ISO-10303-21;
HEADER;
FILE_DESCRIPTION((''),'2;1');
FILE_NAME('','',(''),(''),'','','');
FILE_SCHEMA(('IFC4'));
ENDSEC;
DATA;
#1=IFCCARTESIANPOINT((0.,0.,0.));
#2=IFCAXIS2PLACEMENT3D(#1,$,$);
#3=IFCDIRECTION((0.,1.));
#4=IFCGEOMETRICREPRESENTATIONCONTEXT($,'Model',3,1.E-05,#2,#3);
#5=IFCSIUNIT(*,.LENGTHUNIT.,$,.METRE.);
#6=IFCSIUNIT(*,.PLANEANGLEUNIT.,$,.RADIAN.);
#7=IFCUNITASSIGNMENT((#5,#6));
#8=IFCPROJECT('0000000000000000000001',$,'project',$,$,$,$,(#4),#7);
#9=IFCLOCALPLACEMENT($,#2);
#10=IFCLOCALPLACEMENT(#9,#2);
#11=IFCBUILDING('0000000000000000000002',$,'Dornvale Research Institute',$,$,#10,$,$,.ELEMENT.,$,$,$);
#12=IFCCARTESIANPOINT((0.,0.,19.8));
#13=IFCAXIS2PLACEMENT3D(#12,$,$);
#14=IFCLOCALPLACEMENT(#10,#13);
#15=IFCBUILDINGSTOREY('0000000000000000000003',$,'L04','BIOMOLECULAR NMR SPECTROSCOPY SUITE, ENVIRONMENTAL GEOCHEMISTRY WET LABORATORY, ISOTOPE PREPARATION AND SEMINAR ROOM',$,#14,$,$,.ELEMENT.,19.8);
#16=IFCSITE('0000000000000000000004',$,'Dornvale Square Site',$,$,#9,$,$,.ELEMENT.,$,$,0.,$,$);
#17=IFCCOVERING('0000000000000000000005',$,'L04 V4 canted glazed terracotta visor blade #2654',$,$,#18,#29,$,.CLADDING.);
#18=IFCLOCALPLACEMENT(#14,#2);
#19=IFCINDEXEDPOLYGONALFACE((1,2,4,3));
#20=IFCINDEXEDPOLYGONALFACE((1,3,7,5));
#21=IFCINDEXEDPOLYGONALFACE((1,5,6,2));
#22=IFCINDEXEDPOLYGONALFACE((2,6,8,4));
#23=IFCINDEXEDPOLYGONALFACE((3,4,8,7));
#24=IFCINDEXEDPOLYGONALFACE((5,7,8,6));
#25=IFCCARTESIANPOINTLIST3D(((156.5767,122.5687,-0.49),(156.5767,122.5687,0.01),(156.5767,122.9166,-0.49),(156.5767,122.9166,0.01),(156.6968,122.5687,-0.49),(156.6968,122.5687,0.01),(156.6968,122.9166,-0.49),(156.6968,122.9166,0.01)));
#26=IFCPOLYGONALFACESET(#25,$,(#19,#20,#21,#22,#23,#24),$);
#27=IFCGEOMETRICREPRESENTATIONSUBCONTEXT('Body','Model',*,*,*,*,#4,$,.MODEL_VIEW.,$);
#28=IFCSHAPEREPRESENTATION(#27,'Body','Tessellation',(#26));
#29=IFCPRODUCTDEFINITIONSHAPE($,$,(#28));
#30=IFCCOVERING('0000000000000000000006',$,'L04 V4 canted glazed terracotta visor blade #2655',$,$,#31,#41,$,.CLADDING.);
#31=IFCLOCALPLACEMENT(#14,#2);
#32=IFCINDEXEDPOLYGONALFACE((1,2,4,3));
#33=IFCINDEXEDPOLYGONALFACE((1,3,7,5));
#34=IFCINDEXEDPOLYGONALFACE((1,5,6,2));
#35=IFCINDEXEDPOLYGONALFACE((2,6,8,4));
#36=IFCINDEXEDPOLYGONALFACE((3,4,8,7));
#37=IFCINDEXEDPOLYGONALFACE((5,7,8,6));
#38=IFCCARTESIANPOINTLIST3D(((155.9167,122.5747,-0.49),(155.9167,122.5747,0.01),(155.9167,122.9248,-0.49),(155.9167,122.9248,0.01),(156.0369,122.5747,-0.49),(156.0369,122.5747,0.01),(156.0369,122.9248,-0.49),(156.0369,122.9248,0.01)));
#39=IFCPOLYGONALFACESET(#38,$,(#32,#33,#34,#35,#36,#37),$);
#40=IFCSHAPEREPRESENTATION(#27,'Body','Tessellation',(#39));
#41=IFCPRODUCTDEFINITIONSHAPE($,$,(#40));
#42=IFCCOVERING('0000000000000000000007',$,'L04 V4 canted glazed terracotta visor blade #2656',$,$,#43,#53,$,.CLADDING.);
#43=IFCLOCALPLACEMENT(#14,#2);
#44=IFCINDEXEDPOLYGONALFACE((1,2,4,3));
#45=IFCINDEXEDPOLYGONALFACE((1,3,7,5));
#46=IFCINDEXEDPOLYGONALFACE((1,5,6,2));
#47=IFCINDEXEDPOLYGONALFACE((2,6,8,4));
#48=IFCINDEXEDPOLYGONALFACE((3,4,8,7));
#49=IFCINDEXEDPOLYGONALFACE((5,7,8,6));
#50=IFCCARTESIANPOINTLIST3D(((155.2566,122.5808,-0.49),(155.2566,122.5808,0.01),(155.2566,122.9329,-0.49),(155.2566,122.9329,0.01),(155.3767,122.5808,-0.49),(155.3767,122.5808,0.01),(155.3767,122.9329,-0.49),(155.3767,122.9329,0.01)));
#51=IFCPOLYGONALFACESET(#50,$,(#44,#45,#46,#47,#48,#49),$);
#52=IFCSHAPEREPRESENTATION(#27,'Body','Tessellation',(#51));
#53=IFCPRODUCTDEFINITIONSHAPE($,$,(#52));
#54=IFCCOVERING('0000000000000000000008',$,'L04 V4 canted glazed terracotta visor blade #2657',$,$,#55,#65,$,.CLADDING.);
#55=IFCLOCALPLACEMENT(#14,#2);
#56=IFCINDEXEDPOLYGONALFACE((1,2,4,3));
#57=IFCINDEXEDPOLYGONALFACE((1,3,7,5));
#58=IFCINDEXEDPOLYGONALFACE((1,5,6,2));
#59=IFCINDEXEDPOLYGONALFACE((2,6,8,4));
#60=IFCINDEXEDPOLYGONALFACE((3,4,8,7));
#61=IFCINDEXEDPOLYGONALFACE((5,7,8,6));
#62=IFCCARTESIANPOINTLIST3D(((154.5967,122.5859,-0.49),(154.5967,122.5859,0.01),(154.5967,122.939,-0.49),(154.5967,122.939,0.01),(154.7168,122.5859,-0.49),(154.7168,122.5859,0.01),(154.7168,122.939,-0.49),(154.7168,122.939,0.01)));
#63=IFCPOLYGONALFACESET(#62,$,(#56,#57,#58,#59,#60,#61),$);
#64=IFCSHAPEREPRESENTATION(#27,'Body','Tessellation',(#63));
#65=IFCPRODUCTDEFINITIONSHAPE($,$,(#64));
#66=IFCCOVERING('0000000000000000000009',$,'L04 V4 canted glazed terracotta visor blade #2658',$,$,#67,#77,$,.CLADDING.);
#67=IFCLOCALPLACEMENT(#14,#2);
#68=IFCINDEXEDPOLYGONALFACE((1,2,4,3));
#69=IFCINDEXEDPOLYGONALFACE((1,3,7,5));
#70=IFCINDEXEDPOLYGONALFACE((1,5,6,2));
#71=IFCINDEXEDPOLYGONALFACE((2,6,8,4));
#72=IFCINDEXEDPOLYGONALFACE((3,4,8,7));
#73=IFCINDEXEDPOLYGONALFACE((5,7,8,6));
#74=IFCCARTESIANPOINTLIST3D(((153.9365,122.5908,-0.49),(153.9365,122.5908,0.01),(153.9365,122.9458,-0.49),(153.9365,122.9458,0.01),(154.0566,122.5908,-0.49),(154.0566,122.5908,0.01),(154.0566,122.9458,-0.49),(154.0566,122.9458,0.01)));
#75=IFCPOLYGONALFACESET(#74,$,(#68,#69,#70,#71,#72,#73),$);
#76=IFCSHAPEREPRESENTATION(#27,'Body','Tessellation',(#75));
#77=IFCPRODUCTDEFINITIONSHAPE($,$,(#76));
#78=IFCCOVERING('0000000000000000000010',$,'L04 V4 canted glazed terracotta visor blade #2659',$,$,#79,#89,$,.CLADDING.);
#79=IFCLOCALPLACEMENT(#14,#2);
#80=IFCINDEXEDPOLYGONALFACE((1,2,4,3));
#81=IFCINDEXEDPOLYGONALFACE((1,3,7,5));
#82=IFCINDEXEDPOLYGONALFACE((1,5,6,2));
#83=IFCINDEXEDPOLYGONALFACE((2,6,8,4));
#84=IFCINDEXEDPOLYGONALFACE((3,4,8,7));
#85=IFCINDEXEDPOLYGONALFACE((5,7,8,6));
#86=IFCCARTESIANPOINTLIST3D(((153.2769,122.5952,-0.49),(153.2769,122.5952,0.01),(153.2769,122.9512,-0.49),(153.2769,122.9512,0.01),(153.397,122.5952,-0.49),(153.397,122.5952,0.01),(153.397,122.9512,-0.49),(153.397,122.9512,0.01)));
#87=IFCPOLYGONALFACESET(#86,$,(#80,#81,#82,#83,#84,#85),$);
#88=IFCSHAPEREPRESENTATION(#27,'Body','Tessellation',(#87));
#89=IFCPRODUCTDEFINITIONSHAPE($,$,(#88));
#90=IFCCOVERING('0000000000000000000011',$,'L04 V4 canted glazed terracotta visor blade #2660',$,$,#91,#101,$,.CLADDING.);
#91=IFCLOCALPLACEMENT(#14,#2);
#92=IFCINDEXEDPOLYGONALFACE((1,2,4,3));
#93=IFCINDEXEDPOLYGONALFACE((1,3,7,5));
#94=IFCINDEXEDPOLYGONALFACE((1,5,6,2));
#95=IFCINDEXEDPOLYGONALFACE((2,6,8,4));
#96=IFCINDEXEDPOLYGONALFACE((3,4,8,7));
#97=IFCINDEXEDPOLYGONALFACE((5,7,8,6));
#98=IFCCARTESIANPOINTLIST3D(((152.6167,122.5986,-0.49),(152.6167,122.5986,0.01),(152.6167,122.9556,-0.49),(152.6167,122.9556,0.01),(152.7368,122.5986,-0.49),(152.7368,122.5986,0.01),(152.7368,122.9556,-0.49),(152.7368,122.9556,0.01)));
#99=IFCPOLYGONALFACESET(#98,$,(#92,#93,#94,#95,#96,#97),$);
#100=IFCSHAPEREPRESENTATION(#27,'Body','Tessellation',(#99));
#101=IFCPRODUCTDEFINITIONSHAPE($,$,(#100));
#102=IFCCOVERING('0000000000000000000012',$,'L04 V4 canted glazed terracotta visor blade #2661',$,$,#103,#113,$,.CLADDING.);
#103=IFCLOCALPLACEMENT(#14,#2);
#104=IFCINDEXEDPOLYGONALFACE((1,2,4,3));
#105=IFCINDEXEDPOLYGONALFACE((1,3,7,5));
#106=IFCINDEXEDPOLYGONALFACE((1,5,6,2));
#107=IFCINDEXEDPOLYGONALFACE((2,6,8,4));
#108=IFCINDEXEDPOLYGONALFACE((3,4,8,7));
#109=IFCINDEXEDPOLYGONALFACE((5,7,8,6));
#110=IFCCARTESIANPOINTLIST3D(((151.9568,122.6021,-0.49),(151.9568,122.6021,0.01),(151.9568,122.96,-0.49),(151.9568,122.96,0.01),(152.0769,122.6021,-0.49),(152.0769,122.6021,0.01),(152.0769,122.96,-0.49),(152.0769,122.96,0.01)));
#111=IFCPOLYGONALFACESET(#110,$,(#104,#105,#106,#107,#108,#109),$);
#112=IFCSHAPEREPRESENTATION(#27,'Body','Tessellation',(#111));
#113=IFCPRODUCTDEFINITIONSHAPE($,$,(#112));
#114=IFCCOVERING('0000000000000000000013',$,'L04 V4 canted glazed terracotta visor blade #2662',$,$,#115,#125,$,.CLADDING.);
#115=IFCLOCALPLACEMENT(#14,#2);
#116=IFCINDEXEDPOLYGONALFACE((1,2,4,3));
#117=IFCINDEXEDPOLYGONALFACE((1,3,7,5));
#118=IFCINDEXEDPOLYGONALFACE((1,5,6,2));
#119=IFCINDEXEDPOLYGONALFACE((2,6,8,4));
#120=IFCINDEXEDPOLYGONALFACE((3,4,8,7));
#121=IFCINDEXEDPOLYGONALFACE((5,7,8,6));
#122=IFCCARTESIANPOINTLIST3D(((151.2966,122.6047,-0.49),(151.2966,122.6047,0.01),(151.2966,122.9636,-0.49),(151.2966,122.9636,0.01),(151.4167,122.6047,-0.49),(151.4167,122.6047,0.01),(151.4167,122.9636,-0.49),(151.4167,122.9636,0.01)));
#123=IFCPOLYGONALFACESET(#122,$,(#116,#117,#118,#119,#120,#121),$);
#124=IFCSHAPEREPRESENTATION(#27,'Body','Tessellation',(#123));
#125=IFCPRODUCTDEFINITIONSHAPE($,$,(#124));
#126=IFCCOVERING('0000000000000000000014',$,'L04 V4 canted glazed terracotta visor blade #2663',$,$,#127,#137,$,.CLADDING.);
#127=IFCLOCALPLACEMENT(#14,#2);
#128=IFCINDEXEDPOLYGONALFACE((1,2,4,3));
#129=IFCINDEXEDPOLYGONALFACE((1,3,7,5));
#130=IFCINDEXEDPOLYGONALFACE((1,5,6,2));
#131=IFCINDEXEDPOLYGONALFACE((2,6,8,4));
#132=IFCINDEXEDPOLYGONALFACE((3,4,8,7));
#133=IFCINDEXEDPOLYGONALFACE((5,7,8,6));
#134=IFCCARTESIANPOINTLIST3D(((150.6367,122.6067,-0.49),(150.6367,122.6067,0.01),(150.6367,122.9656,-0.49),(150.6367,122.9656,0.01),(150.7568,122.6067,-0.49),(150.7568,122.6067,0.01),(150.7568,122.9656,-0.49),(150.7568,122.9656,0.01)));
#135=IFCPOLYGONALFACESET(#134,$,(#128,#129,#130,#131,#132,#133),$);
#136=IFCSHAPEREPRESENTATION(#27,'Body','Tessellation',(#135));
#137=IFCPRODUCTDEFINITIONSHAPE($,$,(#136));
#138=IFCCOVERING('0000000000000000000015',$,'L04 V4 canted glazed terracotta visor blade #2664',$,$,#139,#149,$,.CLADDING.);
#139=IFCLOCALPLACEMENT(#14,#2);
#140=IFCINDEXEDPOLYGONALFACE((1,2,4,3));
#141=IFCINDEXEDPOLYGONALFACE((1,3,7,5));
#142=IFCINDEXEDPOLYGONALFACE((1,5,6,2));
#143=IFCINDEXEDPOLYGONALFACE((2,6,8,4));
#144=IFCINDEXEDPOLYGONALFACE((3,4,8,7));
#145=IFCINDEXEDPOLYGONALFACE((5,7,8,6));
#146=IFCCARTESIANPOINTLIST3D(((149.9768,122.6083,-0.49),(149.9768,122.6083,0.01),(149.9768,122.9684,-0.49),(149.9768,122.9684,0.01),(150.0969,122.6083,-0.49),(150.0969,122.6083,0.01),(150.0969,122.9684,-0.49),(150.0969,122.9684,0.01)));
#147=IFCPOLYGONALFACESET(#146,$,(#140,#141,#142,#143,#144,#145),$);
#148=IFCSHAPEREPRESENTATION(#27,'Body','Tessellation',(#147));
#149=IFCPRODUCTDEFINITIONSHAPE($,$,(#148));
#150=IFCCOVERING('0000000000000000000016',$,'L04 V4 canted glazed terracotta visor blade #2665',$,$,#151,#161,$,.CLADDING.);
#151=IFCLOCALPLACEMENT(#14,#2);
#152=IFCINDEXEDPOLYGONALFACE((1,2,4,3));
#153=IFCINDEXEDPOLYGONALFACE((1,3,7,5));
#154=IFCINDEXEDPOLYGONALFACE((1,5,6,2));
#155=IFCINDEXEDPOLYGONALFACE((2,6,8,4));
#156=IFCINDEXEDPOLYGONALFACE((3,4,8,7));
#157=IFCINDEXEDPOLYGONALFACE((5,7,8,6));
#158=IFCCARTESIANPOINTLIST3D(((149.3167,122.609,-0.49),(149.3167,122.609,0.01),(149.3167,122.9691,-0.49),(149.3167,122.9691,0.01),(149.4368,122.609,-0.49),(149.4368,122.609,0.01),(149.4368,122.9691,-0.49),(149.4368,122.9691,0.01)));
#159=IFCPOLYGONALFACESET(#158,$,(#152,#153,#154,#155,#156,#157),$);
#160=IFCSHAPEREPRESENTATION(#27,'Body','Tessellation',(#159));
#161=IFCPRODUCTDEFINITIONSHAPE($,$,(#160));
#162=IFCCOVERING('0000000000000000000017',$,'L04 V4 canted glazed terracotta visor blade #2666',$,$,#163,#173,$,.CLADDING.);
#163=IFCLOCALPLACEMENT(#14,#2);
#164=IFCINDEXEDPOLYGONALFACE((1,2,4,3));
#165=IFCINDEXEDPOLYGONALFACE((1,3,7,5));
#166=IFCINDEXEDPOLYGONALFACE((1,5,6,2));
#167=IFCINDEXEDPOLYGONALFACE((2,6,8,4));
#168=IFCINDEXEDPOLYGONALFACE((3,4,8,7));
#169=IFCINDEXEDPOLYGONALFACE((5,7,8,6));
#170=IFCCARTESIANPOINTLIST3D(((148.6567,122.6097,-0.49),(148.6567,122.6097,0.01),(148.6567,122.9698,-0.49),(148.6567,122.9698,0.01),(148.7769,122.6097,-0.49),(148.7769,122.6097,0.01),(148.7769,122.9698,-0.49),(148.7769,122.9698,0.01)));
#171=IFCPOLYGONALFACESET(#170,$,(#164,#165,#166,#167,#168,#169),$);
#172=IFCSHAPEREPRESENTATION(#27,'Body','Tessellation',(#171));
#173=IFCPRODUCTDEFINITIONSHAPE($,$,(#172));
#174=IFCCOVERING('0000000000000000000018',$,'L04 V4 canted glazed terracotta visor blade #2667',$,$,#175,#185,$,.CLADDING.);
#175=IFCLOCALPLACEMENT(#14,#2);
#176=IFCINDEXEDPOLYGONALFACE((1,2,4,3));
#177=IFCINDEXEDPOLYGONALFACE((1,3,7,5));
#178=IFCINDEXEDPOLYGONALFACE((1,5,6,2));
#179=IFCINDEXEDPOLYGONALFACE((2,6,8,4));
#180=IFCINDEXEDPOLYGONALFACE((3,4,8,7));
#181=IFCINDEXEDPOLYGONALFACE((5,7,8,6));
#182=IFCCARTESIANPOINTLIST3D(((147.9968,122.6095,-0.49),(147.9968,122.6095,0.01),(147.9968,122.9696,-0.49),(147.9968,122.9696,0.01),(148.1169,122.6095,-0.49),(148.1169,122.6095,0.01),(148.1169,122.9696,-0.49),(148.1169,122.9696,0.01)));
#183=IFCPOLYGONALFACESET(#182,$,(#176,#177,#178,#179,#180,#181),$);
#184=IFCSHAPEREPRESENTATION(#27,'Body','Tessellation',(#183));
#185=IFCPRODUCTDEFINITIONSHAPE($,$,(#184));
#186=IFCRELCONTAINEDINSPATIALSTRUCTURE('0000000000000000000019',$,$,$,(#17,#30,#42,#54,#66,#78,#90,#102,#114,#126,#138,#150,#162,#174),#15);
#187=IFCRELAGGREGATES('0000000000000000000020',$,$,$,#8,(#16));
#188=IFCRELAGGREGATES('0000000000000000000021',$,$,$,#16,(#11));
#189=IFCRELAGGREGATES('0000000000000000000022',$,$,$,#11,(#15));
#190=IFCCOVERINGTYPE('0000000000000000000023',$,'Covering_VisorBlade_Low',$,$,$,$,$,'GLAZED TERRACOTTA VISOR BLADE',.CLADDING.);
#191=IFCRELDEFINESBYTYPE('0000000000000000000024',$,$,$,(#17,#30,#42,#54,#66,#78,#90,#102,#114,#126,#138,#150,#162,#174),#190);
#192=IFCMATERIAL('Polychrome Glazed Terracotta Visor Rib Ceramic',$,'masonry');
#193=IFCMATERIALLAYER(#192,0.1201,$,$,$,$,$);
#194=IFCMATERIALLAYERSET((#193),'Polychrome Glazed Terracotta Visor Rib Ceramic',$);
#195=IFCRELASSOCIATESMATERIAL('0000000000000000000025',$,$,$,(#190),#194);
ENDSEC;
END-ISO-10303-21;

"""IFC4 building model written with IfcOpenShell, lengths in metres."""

from ifc_helpers import new_model, si_unit, direction, frame, origin, origin_2d, place, context, subcontext, project, spatial, rectangle, extrude, material, layer, layer_set, type_object, element, save


model = new_model("IFC4")

# Units and contexts
model_context = context("Model", 3, precision=1e-05, world=origin(), true_north=direction((0.0, 1.0)))
body_context = subcontext(model_context, "Body", "Model", "MODEL_VIEW")
ifc_project = project(units=[si_unit("LENGTHUNIT", "METRE"), si_unit("PLANEANGLEUNIT", "RADIAN")], contexts=[model_context])

# Site, building, storey
site_placement = place(None, origin())
site = spatial("IfcSite", under=ifc_project, at=site_placement, Name="Dornvale Square Site", CompositionType="ELEMENT", RefElevation=0.0)
building_placement = place(site_placement, origin())
building = spatial("IfcBuilding", under=site, at=building_placement, Name="Dornvale Research Institute", CompositionType="ELEMENT")
storey_placement = place(building_placement, frame((0.0, 0.0, 19.8)))
storey = spatial("IfcBuildingStorey", under=building, at=storey_placement, Name="L04", Description="BIOMOLECULAR NMR SPECTROSCOPY SUITE, ENVIRONMENTAL GEOCHEMISTRY WET LABORATORY, ISOTOPE PREPARATION AND SEMINAR ROOM", CompositionType="ELEMENT", Elevation=19.8)

# Coverings
ifc_material_1 = material(Name="Polychrome Glazed Terracotta Visor Rib Ceramic", Category="masonry")
ifc_layer_1 = layer(ifc_material_1, 0.1201)
ifc_layer_set_1 = layer_set([ifc_layer_1], Name="Polychrome Glazed Terracotta Visor Rib Ceramic")
covering_type = type_object("IfcCoveringType", Name="Covering_VisorBlade_Low", ElementType="GLAZED TERRACOTTA VISOR BLADE", PredefinedType="CLADDING", material=ifc_layer_set_1)
covering_1_placement = place(storey_placement, frame((156.6367, 122.7427, -0.49), z_axis=(0.0, 0.0, 1.0), x_axis=(0.0, 1.0, 0.0)))
element("IfcCovering", 1, at=covering_1_placement, inside=storey, type_object=covering_type, Name="L04 V4 canted glazed terracotta visor blade #2654", PredefinedType="CLADDING", context=body_context, shape_type="SweptSolid", body=[
    extrude(rectangle(XDim=0.3479, YDim=0.1201, at=origin_2d()), origin(), (0.0, 0.0, 1.0), 0.5),
])
covering_2_placement = place(storey_placement, frame((155.9768, 122.7498, -0.49), z_axis=(0.0, 0.0, 1.0), x_axis=(0.0, 1.0, 0.0)))
element("IfcCovering", 2, at=covering_2_placement, inside=storey, type_object=covering_type, Name="L04 V4 canted glazed terracotta visor blade #2655", PredefinedType="CLADDING", context=body_context, shape_type="SweptSolid", body=[
    extrude(rectangle(XDim=0.3501, YDim=0.1201, at=origin_2d()), origin(), (0.0, 0.0, 1.0), 0.5),
])
covering_3_placement = place(storey_placement, frame((155.3167, 122.7568, -0.49), z_axis=(0.0, 0.0, 1.0), x_axis=(0.0, 1.0, 0.0)))
element("IfcCovering", 3, at=covering_3_placement, inside=storey, type_object=covering_type, Name="L04 V4 canted glazed terracotta visor blade #2656", PredefinedType="CLADDING", context=body_context, shape_type="SweptSolid", body=[
    extrude(rectangle(XDim=0.3521, YDim=0.1201, at=origin_2d()), origin(), (0.0, 0.0, 1.0), 0.5),
])
covering_4_placement = place(storey_placement, frame((154.6567, 122.7625, -0.49), z_axis=(0.0, 0.0, 1.0), x_axis=(0.0, 1.0, 0.0)))
element("IfcCovering", 4, at=covering_4_placement, inside=storey, type_object=covering_type, Name="L04 V4 canted glazed terracotta visor blade #2657", PredefinedType="CLADDING", context=body_context, shape_type="SweptSolid", body=[
    extrude(rectangle(XDim=0.353, YDim=0.1201, at=origin_2d()), origin(), (0.0, 0.0, 1.0), 0.5),
])
covering_5_placement = place(storey_placement, frame((153.9966, 122.7683, -0.49), z_axis=(0.0, 0.0, 1.0), x_axis=(0.0, 1.0, 0.0)))
element("IfcCovering", 5, at=covering_5_placement, inside=storey, type_object=covering_type, Name="L04 V4 canted glazed terracotta visor blade #2658", PredefinedType="CLADDING", context=body_context, shape_type="SweptSolid", body=[
    extrude(rectangle(XDim=0.355, YDim=0.1201, at=origin_2d()), origin(), (0.0, 0.0, 1.0), 0.5),
])
covering_6_placement = place(storey_placement, frame((153.3369, 122.7732, -0.49), z_axis=(0.0, 0.0, 1.0), x_axis=(0.0, 1.0, 0.0)))
element("IfcCovering", 6, at=covering_6_placement, inside=storey, type_object=covering_type, Name="L04 V4 canted glazed terracotta visor blade #2659", PredefinedType="CLADDING", context=body_context, shape_type="SweptSolid", body=[
    extrude(rectangle(XDim=0.356, YDim=0.1201, at=origin_2d()), origin(), (0.0, 0.0, 1.0), 0.5),
])
covering_7_placement = place(storey_placement, frame((152.6768, 122.7771, -0.49), z_axis=(0.0, 0.0, 1.0), x_axis=(0.0, 1.0, 0.0)))
element("IfcCovering", 7, at=covering_7_placement, inside=storey, type_object=covering_type, Name="L04 V4 canted glazed terracotta visor blade #2660", PredefinedType="CLADDING", context=body_context, shape_type="SweptSolid", body=[
    extrude(rectangle(XDim=0.3569, YDim=0.1201, at=origin_2d()), origin(), (0.0, 0.0, 1.0), 0.5),
])
covering_8_placement = place(storey_placement, frame((152.0168, 122.781, -0.49), z_axis=(0.0, 0.0, 1.0), x_axis=(0.0, 1.0, 0.0)))
element("IfcCovering", 8, at=covering_8_placement, inside=storey, type_object=covering_type, Name="L04 V4 canted glazed terracotta visor blade #2661", PredefinedType="CLADDING", context=body_context, shape_type="SweptSolid", body=[
    extrude(rectangle(XDim=0.3579, YDim=0.1201, at=origin_2d()), origin(), (0.0, 0.0, 1.0), 0.5),
])
for number, where, z_axis, x_axis, name in (
    (9, (151.3567, 122.7842, -0.49), (0.0, 0.0, 1.0), (0.0, 1.0, 0.0), "L04 V4 canted glazed terracotta visor blade #2662"),
    (10, (150.6968, 122.7861, -0.49), (0.0, 0.0, 1.0), (0.0, 1.0, 0.0), "L04 V4 canted glazed terracotta visor blade #2663"),
):
    element("IfcCovering", number, at=place(storey_placement, frame(where, z_axis=z_axis, x_axis=x_axis)), inside=storey, type_object=covering_type, Name=name, PredefinedType="CLADDING", context=body_context, shape_type="SweptSolid", body=[
        extrude(rectangle(XDim=0.3589, YDim=0.1201, at=origin_2d()), origin(), (0.0, 0.0, 1.0), 0.5),
    ])
for number, where, z_axis, x_axis, name in (
    (11, (150.0369, 122.7883, -0.49), (0.0, 0.0, 1.0), (0.0, 1.0, 0.0), "L04 V4 canted glazed terracotta visor blade #2664"),
    (12, (149.3767, 122.7891, -0.49), (0.0, 0.0, 1.0), (0.0, 1.0, 0.0), "L04 V4 canted glazed terracotta visor blade #2665"),
    (13, (148.7168, 122.7898, -0.49), (0.0, 0.0, 1.0), (0.0, 1.0, 0.0), "L04 V4 canted glazed terracotta visor blade #2666"),
    (14, (148.0569, 122.7896, -0.49), (0.0, 0.0, 1.0), (0.0, 1.0, 0.0), "L04 V4 canted glazed terracotta visor blade #2667"),
):
    element("IfcCovering", number, at=place(storey_placement, frame(where, z_axis=z_axis, x_axis=x_axis)), inside=storey, type_object=covering_type, Name=name, PredefinedType="CLADDING", context=body_context, shape_type="SweptSolid", body=[
        extrude(rectangle(XDim=0.3601, YDim=0.1201, at=origin_2d()), origin(), (0.0, 0.0, 1.0), 0.5),
    ])

save(model, "model.ifc")
